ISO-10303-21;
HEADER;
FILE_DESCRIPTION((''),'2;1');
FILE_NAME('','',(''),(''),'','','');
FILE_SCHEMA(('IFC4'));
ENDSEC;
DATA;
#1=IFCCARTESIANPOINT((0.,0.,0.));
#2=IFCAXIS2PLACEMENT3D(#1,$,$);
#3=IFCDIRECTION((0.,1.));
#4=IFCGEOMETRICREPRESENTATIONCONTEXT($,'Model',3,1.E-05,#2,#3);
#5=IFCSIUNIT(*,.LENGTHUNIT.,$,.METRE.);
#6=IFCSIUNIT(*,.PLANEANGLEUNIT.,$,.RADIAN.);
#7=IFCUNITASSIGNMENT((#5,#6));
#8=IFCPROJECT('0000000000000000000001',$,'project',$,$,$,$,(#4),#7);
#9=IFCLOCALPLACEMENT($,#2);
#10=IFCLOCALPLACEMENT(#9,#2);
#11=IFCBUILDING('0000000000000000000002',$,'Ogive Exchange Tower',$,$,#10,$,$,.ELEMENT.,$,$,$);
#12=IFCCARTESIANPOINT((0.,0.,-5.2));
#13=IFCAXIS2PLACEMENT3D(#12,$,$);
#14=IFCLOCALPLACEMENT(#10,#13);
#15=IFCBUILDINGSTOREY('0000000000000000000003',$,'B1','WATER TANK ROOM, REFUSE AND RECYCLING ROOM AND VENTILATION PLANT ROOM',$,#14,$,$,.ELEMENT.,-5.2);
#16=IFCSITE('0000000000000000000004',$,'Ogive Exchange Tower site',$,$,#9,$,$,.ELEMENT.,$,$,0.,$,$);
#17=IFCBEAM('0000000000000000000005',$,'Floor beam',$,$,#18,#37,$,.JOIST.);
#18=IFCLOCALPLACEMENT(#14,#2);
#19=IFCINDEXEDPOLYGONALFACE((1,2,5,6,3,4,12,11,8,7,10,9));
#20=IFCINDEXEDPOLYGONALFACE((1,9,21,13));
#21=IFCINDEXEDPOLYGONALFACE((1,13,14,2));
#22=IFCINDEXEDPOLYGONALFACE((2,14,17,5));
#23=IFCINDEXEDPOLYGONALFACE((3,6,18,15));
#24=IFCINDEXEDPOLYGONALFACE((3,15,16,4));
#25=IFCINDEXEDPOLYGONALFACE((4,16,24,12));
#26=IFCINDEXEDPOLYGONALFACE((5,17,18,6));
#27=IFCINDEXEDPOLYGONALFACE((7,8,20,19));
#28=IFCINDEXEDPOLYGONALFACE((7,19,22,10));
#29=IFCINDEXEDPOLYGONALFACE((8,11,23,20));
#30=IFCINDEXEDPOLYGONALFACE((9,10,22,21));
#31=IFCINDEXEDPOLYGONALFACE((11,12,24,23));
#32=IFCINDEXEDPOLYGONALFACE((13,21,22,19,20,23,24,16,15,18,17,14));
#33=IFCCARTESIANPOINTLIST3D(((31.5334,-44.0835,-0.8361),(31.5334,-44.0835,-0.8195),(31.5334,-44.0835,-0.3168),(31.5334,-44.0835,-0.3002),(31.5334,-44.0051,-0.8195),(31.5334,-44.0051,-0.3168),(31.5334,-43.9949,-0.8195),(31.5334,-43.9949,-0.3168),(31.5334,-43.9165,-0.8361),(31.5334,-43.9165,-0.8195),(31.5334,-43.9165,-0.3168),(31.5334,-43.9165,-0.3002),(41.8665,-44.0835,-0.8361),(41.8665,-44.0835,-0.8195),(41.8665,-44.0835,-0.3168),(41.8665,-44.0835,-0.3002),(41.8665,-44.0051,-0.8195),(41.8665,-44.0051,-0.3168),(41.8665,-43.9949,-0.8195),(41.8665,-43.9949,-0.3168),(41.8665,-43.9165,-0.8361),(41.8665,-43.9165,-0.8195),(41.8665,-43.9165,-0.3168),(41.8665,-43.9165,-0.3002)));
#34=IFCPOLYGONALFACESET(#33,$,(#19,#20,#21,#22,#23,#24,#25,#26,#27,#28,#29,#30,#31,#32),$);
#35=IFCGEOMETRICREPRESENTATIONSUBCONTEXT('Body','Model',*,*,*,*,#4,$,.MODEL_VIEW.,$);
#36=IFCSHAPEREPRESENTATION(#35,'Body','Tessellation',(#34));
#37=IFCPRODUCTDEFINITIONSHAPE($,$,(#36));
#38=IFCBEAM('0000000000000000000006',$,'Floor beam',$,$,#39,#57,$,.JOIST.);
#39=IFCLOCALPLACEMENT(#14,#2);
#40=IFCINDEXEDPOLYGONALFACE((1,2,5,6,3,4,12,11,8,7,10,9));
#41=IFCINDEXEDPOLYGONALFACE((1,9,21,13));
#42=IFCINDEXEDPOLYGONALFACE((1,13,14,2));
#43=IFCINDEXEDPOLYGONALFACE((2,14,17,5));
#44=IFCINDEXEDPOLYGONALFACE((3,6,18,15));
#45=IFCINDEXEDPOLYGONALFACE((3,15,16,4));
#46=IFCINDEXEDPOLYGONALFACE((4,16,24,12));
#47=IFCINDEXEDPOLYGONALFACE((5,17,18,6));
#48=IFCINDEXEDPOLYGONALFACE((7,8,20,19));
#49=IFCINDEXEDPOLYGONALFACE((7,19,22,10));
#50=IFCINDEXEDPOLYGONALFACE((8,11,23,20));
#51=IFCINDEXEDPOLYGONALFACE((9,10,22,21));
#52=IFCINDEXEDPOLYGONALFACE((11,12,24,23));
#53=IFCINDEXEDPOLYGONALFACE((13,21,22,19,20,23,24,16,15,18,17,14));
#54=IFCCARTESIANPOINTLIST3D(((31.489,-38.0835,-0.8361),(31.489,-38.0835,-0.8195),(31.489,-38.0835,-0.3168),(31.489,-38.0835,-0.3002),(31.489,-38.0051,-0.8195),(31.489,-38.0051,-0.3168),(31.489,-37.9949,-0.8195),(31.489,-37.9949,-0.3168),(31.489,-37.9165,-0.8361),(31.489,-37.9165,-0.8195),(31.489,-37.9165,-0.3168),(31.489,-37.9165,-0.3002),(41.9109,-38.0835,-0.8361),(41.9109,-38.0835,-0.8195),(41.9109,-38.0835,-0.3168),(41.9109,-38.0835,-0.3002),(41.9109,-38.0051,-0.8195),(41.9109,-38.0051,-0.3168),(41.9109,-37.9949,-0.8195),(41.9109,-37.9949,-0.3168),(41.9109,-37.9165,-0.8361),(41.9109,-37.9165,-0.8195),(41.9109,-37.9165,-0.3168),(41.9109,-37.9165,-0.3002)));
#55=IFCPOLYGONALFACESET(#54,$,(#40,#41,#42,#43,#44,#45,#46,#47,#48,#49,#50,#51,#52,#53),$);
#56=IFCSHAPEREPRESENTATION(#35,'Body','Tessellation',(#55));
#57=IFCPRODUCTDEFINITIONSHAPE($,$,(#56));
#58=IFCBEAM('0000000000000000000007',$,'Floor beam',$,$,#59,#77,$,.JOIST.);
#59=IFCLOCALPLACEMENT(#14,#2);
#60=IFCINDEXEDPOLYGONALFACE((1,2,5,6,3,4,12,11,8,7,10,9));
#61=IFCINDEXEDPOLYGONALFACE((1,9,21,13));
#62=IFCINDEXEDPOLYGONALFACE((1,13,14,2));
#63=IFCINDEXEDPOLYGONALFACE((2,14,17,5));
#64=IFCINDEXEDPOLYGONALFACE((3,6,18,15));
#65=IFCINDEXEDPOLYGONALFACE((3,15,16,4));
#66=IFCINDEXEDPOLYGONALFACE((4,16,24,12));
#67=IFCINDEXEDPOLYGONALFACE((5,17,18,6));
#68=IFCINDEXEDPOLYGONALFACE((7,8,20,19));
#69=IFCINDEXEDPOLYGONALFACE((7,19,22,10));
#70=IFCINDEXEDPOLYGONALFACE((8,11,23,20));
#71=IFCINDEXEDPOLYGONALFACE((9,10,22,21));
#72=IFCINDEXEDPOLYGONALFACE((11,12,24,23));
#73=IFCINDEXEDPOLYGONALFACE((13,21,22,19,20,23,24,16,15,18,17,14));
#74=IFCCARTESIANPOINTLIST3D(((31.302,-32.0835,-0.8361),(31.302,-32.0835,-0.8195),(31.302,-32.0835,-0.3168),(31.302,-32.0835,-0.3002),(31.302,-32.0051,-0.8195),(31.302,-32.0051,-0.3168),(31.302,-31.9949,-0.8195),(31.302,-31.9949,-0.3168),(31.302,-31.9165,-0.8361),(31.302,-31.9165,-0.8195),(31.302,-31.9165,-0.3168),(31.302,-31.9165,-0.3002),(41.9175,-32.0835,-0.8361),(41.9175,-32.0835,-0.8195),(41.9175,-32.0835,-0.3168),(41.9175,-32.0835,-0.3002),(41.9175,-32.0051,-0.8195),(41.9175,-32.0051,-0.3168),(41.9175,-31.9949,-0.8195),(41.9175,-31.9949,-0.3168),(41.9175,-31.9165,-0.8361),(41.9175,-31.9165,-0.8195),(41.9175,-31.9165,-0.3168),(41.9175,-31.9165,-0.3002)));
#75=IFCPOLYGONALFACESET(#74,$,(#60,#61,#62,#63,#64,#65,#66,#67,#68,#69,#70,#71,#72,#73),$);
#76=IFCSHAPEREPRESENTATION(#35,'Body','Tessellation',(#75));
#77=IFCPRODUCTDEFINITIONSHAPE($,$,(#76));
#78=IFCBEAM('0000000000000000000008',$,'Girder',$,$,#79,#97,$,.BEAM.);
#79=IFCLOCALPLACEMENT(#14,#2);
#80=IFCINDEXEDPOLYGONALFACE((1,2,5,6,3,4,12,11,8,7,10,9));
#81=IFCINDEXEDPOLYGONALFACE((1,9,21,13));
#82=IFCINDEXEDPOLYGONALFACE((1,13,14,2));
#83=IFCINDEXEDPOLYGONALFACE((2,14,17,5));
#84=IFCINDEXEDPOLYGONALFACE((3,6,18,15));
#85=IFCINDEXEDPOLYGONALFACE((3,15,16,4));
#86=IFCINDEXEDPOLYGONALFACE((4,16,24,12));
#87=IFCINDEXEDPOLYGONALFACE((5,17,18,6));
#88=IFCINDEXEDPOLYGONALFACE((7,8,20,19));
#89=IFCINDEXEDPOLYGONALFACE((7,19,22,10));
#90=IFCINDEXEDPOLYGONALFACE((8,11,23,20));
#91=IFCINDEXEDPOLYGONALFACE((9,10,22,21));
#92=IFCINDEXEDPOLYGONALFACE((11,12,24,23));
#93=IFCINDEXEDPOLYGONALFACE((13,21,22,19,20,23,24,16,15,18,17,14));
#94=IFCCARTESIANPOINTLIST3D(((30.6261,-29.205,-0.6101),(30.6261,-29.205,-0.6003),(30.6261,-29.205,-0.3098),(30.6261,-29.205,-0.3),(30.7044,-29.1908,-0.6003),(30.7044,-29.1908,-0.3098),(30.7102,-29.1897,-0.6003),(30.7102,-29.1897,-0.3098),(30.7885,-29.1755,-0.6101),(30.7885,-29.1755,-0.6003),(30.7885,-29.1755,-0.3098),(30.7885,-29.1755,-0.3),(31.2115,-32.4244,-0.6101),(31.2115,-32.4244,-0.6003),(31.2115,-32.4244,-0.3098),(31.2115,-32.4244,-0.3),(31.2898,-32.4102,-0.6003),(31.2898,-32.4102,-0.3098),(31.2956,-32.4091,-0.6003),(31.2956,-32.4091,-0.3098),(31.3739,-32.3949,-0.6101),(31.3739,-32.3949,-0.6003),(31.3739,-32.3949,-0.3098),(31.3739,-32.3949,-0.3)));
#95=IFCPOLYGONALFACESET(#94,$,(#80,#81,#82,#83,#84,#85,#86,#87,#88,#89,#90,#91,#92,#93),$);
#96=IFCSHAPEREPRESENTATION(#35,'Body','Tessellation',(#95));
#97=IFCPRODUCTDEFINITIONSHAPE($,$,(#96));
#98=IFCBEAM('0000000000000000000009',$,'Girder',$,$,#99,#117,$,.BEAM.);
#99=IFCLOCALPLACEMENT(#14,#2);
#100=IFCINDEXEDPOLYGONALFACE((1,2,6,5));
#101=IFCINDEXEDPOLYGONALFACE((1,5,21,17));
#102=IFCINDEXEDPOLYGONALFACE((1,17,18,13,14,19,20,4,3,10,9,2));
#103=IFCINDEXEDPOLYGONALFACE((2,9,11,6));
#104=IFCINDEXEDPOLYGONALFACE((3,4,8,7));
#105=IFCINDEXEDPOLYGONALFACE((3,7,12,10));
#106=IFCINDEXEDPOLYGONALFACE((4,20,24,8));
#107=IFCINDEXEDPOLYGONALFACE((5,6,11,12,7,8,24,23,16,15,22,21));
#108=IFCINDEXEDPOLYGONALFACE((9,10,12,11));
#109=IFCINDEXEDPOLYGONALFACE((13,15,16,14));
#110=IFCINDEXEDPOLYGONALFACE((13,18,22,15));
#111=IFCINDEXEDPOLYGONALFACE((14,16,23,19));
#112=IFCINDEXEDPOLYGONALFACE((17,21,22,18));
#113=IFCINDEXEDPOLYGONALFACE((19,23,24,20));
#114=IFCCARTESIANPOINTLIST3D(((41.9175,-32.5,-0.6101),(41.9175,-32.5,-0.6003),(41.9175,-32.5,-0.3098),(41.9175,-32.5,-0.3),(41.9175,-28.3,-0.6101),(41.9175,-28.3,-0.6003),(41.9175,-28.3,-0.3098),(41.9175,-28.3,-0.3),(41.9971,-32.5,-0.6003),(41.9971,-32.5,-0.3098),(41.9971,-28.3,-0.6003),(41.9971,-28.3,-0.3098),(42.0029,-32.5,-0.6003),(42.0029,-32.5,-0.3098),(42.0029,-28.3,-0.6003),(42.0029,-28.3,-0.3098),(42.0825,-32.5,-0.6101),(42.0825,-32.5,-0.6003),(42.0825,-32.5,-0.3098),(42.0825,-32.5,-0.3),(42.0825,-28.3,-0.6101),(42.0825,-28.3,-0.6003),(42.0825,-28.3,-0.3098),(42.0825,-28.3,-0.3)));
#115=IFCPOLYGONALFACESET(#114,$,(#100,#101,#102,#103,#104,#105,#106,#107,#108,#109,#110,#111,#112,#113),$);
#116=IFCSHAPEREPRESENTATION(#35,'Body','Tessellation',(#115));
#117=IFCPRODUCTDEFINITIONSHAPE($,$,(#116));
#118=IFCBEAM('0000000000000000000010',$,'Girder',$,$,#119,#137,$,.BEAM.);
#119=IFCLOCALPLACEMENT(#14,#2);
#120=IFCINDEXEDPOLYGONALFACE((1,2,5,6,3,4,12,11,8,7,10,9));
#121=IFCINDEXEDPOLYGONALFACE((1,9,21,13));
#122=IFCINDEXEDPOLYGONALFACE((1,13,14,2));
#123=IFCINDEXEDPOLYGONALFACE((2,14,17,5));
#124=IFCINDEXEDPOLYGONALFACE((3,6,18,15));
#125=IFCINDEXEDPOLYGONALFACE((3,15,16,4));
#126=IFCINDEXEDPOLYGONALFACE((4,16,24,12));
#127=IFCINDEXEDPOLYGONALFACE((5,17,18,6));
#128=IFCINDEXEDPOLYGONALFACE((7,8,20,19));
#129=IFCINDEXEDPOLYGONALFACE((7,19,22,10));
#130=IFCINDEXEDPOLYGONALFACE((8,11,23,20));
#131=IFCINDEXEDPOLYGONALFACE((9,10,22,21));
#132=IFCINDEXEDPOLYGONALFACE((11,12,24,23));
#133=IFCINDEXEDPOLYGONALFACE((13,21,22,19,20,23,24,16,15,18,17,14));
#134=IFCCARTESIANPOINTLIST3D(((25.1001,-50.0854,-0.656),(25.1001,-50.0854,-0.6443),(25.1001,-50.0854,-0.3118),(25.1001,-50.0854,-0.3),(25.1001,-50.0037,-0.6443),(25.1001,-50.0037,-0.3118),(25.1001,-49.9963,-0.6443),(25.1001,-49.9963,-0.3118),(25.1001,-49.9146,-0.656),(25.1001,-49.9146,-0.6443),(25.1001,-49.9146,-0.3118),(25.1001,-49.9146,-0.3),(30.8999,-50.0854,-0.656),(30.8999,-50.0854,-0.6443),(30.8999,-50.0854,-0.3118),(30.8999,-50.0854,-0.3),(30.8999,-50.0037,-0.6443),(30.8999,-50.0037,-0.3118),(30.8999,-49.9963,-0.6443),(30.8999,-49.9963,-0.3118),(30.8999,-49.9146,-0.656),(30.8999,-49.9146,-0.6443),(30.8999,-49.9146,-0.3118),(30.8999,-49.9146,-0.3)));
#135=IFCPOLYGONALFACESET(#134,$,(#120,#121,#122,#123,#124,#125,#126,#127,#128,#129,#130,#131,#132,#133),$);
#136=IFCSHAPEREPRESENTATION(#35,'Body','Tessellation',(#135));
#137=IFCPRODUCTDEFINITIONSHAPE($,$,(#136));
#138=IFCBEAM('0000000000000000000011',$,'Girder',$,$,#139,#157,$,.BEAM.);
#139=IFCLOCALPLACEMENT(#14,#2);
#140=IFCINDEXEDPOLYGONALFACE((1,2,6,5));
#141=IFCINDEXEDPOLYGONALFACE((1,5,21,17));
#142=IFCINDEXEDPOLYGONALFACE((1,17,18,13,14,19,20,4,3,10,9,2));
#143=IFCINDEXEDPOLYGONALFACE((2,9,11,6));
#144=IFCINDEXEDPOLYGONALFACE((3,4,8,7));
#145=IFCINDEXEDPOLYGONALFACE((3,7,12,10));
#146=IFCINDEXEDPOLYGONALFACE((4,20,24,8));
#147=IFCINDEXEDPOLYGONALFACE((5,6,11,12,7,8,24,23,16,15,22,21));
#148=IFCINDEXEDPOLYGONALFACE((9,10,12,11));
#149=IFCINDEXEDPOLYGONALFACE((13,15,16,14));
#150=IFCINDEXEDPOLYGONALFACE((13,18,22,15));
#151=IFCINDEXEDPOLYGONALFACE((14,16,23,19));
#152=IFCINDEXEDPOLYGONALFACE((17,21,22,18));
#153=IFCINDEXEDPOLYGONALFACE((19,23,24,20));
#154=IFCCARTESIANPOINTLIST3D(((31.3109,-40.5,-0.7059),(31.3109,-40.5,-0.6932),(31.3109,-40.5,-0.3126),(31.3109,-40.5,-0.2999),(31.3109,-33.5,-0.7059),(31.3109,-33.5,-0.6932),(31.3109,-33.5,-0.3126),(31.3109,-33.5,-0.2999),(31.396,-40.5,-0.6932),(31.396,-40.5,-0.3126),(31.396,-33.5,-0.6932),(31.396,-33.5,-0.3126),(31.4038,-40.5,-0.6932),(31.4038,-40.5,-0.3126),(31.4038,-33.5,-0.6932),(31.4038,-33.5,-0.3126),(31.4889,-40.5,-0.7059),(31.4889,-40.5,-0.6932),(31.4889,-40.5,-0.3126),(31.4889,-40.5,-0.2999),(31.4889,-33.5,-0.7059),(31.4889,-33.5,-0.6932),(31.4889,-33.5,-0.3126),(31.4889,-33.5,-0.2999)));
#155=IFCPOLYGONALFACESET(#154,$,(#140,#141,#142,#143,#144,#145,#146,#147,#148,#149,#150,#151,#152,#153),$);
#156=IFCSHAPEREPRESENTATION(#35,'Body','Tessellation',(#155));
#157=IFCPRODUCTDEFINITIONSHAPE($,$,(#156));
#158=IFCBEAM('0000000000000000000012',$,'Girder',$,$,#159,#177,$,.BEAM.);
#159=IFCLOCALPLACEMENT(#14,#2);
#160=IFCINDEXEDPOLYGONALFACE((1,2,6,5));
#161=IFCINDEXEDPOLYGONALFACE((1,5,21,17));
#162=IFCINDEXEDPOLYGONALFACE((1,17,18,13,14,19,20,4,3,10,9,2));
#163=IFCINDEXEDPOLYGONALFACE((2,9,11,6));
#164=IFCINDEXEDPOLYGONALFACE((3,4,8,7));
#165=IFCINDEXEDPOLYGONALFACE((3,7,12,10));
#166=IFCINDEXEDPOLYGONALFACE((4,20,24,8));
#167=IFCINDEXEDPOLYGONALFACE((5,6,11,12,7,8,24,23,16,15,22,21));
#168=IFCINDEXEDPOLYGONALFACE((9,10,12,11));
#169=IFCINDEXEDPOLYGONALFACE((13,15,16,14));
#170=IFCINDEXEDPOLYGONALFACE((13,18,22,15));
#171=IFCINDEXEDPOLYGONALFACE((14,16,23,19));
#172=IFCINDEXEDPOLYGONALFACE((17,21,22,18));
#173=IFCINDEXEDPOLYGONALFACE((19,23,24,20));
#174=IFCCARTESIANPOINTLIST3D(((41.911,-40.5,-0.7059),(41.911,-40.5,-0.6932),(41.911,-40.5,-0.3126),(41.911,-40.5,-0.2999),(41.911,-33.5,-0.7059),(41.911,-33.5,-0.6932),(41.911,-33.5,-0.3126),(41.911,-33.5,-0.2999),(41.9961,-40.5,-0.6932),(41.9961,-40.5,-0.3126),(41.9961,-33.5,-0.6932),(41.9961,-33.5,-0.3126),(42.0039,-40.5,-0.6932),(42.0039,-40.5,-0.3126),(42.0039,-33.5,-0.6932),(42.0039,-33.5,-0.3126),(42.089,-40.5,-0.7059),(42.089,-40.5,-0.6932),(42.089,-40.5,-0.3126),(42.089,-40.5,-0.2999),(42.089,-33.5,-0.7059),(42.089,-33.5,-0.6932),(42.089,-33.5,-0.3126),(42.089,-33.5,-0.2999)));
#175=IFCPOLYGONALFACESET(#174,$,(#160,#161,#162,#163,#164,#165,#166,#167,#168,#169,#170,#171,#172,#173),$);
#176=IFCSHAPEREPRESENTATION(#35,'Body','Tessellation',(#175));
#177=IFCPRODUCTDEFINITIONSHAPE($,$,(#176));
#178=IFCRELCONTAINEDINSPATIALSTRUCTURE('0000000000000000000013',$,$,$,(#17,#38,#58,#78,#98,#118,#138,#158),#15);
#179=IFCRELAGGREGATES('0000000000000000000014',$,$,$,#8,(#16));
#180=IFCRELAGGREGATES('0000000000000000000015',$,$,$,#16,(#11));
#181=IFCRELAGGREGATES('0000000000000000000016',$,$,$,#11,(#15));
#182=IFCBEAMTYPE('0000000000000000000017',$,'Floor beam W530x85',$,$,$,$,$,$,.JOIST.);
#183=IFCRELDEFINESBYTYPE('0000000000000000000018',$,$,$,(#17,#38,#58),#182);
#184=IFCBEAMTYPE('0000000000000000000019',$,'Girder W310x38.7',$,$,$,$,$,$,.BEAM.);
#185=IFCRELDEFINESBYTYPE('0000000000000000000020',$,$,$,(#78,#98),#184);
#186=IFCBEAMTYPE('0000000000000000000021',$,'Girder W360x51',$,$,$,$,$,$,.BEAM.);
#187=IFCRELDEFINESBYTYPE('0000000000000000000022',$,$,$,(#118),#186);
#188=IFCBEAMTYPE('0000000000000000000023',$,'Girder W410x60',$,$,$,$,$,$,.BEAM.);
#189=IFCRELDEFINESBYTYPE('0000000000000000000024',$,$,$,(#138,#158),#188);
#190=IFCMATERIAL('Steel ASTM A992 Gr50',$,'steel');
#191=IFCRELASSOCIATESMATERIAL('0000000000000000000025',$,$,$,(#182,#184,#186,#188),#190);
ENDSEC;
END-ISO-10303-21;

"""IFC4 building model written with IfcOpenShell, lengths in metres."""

from ifc_helpers import new_model, si_unit, direction, frame, origin, origin_2d, place, context, subcontext, project, spatial, i_section, extrude, material, material_profile, profile_set, type_object, element, save


model = new_model("IFC4")

# Units and contexts
model_context = context("Model", 3, precision=1e-05, world=origin(), true_north=direction((0.0, 1.0)))
body_context = subcontext(model_context, "Body", "Model", "MODEL_VIEW")
ifc_project = project(units=[si_unit("LENGTHUNIT", "METRE"), si_unit("PLANEANGLEUNIT", "RADIAN")], contexts=[model_context])

# Site, building, storey
site_placement = place(None, origin())
site = spatial("IfcSite", under=ifc_project, at=site_placement, Name="Ogive Exchange Tower site", CompositionType="ELEMENT", RefElevation=0.0)
building_placement = place(site_placement, origin())
building = spatial("IfcBuilding", under=site, at=building_placement, Name="Ogive Exchange Tower", CompositionType="ELEMENT")
storey_placement = place(building_placement, frame((0.0, 0.0, -5.2)))
storey = spatial("IfcBuildingStorey", under=building, at=storey_placement, Name="B1", Description="WATER TANK ROOM, REFUSE AND RECYCLING ROOM AND VENTILATION PLANT ROOM", CompositionType="ELEMENT", Elevation=-5.2)

# Beams
ifc_material_1 = material(Name="Steel ASTM A992 Gr50", Category="steel")
ifc_material_profile_1 = material_profile(ifc_material_1, i_section(OverallWidth=0.167, OverallDepth=0.5359, WebThickness=0.0103, FlangeThickness=0.0166, at=origin_2d()), Name="W530x85")
ifc_profile_set_1 = profile_set([ifc_material_profile_1], Name="Steel ASTM A992 Gr50")
beam_type_1 = type_object("IfcBeamType", Name="Floor beam W530x85", PredefinedType="JOIST", material=ifc_profile_set_1)
beam_1_placement = place(storey_placement, frame((31.5334, -44.0, -0.5681), z_axis=(1.0, 0.0, 0.0), x_axis=(0.0, 1.0, 0.0)))
element("IfcBeam", 1, at=beam_1_placement, inside=storey, type_object=beam_type_1, Name="Floor beam", PredefinedType="JOIST", context=body_context, shape_type="SweptSolid", body=[
    extrude(i_section(OverallWidth=0.167, OverallDepth=0.5359, WebThickness=0.0103, FlangeThickness=0.0166, at=origin_2d()), origin(), (0.0, 0.0, 1.0), 10.333),
])
beam_2_placement = place(storey_placement, frame((31.489, -38.0, -0.5681), z_axis=(1.0, 0.0, 0.0), x_axis=(0.0, 1.0, 0.0)))
element("IfcBeam", 2, at=beam_2_placement, inside=storey, type_object=beam_type_1, Name="Floor beam", PredefinedType="JOIST", context=body_context, shape_type="SweptSolid", body=[
    extrude(i_section(OverallWidth=0.167, OverallDepth=0.5359, WebThickness=0.0103, FlangeThickness=0.0166, at=origin_2d()), origin(), (0.0, 0.0, 1.0), 10.4219),
])
beam_3_placement = place(storey_placement, frame((31.302, -32.0, -0.5681), z_axis=(1.0, 0.0, 0.0), x_axis=(0.0, 1.0, 0.0)))
element("IfcBeam", 3, at=beam_3_placement, inside=storey, type_object=beam_type_1, Name="Floor beam", PredefinedType="JOIST", context=body_context, shape_type="SweptSolid", body=[
    extrude(i_section(OverallWidth=0.167, OverallDepth=0.5359, WebThickness=0.0103, FlangeThickness=0.0166, at=origin_2d()), origin(), (0.0, 0.0, 1.0), 10.6155),
])
ifc_material_profile_2 = material_profile(ifc_material_1, i_section(OverallWidth=0.165, OverallDepth=0.3101, WebThickness=0.0059, FlangeThickness=0.0098, at=origin_2d()), Name="W310x38.7")
ifc_profile_set_2 = profile_set([ifc_material_profile_2], Name="Steel ASTM A992 Gr50")
beam_type_2 = type_object("IfcBeamType", Name="Girder W310x38.7", PredefinedType="BEAM", material=ifc_profile_set_2)
beam_4_placement = place(storey_placement, frame((31.2927, -32.4097, -0.4551), z_axis=(-0.178912, 0.983865, 0.0), x_axis=(-0.983865, -0.178912, 0.0)))
element("IfcBeam", 4, at=beam_4_placement, inside=storey, type_object=beam_type_2, Name="Girder", PredefinedType="BEAM", context=body_context, shape_type="SweptSolid", body=[
    extrude(i_section(OverallWidth=0.165, OverallDepth=0.3101, WebThickness=0.0059, FlangeThickness=0.0098, at=origin_2d()), origin(), (0.0, 0.0, 1.0), 3.2722),
])
beam_5_placement = place(storey_placement, frame((42.0, -32.5, -0.4551), z_axis=(0.0, 1.0, 0.0), x_axis=(-1.0, 0.0, 0.0)))
element("IfcBeam", 5, at=beam_5_placement, inside=storey, type_object=beam_type_2, Name="Girder", PredefinedType="BEAM", context=body_context, shape_type="SweptSolid", body=[
    extrude(i_section(OverallWidth=0.165, OverallDepth=0.3101, WebThickness=0.0059, FlangeThickness=0.0098, at=origin_2d()), origin(), (0.0, 0.0, 1.0), 4.2),
])
ifc_material_profile_3 = material_profile(ifc_material_1, i_section(OverallWidth=0.1709, OverallDepth=0.356, WebThickness=0.0073, FlangeThickness=0.0117, at=origin_2d()), Name="W360x51")
ifc_profile_set_3 = profile_set([ifc_material_profile_3], Name="Steel ASTM A992 Gr50")
beam_type_3 = type_object("IfcBeamType", Name="Girder W360x51", PredefinedType="BEAM", material=ifc_profile_set_3)
beam_6_placement = place(storey_placement, frame((25.1001, -50.0, -0.478), z_axis=(1.0, 0.0, 0.0), x_axis=(0.0, 1.0, 0.0)))
element("IfcBeam", 6, at=beam_6_placement, inside=storey, type_object=beam_type_3, Name="Girder", PredefinedType="BEAM", context=body_context, shape_type="SweptSolid", body=[
    extrude(i_section(OverallWidth=0.1709, OverallDepth=0.356, WebThickness=0.0073, FlangeThickness=0.0117, at=origin_2d()), origin(), (0.0, 0.0, 1.0), 5.7998),
])
ifc_material_profile_4 = material_profile(ifc_material_1, i_section(OverallWidth=0.178, OverallDepth=0.406, WebThickness=0.0078, FlangeThickness=0.0127, at=origin_2d()), Name="W410x60")
ifc_profile_set_4 = profile_set([ifc_material_profile_4], Name="Steel ASTM A992 Gr50")
beam_type_4 = type_object("IfcBeamType", Name="Girder W410x60", PredefinedType="BEAM", material=ifc_profile_set_4)
for number, where, z_axis, x_axis, name in (
    (7, (31.3999, -40.5, -0.5029), (0.0, 1.0, 0.0), (-1.0, 0.0, 0.0), "Girder"),
    (8, (42.0, -40.5, -0.5029), (0.0, 1.0, 0.0), (-1.0, 0.0, 0.0), "Girder"),
):
    element("IfcBeam", number, at=place(storey_placement, frame(where, z_axis=z_axis, x_axis=x_axis)), inside=storey, type_object=beam_type_4, Name=name, PredefinedType="BEAM", context=body_context, shape_type="SweptSolid", body=[
        extrude(i_section(OverallWidth=0.178, OverallDepth=0.406, WebThickness=0.0078, FlangeThickness=0.0127, at=origin_2d()), origin(), (0.0, 0.0, 1.0), 7.0),
    ])

save(model, "model.ifc")
